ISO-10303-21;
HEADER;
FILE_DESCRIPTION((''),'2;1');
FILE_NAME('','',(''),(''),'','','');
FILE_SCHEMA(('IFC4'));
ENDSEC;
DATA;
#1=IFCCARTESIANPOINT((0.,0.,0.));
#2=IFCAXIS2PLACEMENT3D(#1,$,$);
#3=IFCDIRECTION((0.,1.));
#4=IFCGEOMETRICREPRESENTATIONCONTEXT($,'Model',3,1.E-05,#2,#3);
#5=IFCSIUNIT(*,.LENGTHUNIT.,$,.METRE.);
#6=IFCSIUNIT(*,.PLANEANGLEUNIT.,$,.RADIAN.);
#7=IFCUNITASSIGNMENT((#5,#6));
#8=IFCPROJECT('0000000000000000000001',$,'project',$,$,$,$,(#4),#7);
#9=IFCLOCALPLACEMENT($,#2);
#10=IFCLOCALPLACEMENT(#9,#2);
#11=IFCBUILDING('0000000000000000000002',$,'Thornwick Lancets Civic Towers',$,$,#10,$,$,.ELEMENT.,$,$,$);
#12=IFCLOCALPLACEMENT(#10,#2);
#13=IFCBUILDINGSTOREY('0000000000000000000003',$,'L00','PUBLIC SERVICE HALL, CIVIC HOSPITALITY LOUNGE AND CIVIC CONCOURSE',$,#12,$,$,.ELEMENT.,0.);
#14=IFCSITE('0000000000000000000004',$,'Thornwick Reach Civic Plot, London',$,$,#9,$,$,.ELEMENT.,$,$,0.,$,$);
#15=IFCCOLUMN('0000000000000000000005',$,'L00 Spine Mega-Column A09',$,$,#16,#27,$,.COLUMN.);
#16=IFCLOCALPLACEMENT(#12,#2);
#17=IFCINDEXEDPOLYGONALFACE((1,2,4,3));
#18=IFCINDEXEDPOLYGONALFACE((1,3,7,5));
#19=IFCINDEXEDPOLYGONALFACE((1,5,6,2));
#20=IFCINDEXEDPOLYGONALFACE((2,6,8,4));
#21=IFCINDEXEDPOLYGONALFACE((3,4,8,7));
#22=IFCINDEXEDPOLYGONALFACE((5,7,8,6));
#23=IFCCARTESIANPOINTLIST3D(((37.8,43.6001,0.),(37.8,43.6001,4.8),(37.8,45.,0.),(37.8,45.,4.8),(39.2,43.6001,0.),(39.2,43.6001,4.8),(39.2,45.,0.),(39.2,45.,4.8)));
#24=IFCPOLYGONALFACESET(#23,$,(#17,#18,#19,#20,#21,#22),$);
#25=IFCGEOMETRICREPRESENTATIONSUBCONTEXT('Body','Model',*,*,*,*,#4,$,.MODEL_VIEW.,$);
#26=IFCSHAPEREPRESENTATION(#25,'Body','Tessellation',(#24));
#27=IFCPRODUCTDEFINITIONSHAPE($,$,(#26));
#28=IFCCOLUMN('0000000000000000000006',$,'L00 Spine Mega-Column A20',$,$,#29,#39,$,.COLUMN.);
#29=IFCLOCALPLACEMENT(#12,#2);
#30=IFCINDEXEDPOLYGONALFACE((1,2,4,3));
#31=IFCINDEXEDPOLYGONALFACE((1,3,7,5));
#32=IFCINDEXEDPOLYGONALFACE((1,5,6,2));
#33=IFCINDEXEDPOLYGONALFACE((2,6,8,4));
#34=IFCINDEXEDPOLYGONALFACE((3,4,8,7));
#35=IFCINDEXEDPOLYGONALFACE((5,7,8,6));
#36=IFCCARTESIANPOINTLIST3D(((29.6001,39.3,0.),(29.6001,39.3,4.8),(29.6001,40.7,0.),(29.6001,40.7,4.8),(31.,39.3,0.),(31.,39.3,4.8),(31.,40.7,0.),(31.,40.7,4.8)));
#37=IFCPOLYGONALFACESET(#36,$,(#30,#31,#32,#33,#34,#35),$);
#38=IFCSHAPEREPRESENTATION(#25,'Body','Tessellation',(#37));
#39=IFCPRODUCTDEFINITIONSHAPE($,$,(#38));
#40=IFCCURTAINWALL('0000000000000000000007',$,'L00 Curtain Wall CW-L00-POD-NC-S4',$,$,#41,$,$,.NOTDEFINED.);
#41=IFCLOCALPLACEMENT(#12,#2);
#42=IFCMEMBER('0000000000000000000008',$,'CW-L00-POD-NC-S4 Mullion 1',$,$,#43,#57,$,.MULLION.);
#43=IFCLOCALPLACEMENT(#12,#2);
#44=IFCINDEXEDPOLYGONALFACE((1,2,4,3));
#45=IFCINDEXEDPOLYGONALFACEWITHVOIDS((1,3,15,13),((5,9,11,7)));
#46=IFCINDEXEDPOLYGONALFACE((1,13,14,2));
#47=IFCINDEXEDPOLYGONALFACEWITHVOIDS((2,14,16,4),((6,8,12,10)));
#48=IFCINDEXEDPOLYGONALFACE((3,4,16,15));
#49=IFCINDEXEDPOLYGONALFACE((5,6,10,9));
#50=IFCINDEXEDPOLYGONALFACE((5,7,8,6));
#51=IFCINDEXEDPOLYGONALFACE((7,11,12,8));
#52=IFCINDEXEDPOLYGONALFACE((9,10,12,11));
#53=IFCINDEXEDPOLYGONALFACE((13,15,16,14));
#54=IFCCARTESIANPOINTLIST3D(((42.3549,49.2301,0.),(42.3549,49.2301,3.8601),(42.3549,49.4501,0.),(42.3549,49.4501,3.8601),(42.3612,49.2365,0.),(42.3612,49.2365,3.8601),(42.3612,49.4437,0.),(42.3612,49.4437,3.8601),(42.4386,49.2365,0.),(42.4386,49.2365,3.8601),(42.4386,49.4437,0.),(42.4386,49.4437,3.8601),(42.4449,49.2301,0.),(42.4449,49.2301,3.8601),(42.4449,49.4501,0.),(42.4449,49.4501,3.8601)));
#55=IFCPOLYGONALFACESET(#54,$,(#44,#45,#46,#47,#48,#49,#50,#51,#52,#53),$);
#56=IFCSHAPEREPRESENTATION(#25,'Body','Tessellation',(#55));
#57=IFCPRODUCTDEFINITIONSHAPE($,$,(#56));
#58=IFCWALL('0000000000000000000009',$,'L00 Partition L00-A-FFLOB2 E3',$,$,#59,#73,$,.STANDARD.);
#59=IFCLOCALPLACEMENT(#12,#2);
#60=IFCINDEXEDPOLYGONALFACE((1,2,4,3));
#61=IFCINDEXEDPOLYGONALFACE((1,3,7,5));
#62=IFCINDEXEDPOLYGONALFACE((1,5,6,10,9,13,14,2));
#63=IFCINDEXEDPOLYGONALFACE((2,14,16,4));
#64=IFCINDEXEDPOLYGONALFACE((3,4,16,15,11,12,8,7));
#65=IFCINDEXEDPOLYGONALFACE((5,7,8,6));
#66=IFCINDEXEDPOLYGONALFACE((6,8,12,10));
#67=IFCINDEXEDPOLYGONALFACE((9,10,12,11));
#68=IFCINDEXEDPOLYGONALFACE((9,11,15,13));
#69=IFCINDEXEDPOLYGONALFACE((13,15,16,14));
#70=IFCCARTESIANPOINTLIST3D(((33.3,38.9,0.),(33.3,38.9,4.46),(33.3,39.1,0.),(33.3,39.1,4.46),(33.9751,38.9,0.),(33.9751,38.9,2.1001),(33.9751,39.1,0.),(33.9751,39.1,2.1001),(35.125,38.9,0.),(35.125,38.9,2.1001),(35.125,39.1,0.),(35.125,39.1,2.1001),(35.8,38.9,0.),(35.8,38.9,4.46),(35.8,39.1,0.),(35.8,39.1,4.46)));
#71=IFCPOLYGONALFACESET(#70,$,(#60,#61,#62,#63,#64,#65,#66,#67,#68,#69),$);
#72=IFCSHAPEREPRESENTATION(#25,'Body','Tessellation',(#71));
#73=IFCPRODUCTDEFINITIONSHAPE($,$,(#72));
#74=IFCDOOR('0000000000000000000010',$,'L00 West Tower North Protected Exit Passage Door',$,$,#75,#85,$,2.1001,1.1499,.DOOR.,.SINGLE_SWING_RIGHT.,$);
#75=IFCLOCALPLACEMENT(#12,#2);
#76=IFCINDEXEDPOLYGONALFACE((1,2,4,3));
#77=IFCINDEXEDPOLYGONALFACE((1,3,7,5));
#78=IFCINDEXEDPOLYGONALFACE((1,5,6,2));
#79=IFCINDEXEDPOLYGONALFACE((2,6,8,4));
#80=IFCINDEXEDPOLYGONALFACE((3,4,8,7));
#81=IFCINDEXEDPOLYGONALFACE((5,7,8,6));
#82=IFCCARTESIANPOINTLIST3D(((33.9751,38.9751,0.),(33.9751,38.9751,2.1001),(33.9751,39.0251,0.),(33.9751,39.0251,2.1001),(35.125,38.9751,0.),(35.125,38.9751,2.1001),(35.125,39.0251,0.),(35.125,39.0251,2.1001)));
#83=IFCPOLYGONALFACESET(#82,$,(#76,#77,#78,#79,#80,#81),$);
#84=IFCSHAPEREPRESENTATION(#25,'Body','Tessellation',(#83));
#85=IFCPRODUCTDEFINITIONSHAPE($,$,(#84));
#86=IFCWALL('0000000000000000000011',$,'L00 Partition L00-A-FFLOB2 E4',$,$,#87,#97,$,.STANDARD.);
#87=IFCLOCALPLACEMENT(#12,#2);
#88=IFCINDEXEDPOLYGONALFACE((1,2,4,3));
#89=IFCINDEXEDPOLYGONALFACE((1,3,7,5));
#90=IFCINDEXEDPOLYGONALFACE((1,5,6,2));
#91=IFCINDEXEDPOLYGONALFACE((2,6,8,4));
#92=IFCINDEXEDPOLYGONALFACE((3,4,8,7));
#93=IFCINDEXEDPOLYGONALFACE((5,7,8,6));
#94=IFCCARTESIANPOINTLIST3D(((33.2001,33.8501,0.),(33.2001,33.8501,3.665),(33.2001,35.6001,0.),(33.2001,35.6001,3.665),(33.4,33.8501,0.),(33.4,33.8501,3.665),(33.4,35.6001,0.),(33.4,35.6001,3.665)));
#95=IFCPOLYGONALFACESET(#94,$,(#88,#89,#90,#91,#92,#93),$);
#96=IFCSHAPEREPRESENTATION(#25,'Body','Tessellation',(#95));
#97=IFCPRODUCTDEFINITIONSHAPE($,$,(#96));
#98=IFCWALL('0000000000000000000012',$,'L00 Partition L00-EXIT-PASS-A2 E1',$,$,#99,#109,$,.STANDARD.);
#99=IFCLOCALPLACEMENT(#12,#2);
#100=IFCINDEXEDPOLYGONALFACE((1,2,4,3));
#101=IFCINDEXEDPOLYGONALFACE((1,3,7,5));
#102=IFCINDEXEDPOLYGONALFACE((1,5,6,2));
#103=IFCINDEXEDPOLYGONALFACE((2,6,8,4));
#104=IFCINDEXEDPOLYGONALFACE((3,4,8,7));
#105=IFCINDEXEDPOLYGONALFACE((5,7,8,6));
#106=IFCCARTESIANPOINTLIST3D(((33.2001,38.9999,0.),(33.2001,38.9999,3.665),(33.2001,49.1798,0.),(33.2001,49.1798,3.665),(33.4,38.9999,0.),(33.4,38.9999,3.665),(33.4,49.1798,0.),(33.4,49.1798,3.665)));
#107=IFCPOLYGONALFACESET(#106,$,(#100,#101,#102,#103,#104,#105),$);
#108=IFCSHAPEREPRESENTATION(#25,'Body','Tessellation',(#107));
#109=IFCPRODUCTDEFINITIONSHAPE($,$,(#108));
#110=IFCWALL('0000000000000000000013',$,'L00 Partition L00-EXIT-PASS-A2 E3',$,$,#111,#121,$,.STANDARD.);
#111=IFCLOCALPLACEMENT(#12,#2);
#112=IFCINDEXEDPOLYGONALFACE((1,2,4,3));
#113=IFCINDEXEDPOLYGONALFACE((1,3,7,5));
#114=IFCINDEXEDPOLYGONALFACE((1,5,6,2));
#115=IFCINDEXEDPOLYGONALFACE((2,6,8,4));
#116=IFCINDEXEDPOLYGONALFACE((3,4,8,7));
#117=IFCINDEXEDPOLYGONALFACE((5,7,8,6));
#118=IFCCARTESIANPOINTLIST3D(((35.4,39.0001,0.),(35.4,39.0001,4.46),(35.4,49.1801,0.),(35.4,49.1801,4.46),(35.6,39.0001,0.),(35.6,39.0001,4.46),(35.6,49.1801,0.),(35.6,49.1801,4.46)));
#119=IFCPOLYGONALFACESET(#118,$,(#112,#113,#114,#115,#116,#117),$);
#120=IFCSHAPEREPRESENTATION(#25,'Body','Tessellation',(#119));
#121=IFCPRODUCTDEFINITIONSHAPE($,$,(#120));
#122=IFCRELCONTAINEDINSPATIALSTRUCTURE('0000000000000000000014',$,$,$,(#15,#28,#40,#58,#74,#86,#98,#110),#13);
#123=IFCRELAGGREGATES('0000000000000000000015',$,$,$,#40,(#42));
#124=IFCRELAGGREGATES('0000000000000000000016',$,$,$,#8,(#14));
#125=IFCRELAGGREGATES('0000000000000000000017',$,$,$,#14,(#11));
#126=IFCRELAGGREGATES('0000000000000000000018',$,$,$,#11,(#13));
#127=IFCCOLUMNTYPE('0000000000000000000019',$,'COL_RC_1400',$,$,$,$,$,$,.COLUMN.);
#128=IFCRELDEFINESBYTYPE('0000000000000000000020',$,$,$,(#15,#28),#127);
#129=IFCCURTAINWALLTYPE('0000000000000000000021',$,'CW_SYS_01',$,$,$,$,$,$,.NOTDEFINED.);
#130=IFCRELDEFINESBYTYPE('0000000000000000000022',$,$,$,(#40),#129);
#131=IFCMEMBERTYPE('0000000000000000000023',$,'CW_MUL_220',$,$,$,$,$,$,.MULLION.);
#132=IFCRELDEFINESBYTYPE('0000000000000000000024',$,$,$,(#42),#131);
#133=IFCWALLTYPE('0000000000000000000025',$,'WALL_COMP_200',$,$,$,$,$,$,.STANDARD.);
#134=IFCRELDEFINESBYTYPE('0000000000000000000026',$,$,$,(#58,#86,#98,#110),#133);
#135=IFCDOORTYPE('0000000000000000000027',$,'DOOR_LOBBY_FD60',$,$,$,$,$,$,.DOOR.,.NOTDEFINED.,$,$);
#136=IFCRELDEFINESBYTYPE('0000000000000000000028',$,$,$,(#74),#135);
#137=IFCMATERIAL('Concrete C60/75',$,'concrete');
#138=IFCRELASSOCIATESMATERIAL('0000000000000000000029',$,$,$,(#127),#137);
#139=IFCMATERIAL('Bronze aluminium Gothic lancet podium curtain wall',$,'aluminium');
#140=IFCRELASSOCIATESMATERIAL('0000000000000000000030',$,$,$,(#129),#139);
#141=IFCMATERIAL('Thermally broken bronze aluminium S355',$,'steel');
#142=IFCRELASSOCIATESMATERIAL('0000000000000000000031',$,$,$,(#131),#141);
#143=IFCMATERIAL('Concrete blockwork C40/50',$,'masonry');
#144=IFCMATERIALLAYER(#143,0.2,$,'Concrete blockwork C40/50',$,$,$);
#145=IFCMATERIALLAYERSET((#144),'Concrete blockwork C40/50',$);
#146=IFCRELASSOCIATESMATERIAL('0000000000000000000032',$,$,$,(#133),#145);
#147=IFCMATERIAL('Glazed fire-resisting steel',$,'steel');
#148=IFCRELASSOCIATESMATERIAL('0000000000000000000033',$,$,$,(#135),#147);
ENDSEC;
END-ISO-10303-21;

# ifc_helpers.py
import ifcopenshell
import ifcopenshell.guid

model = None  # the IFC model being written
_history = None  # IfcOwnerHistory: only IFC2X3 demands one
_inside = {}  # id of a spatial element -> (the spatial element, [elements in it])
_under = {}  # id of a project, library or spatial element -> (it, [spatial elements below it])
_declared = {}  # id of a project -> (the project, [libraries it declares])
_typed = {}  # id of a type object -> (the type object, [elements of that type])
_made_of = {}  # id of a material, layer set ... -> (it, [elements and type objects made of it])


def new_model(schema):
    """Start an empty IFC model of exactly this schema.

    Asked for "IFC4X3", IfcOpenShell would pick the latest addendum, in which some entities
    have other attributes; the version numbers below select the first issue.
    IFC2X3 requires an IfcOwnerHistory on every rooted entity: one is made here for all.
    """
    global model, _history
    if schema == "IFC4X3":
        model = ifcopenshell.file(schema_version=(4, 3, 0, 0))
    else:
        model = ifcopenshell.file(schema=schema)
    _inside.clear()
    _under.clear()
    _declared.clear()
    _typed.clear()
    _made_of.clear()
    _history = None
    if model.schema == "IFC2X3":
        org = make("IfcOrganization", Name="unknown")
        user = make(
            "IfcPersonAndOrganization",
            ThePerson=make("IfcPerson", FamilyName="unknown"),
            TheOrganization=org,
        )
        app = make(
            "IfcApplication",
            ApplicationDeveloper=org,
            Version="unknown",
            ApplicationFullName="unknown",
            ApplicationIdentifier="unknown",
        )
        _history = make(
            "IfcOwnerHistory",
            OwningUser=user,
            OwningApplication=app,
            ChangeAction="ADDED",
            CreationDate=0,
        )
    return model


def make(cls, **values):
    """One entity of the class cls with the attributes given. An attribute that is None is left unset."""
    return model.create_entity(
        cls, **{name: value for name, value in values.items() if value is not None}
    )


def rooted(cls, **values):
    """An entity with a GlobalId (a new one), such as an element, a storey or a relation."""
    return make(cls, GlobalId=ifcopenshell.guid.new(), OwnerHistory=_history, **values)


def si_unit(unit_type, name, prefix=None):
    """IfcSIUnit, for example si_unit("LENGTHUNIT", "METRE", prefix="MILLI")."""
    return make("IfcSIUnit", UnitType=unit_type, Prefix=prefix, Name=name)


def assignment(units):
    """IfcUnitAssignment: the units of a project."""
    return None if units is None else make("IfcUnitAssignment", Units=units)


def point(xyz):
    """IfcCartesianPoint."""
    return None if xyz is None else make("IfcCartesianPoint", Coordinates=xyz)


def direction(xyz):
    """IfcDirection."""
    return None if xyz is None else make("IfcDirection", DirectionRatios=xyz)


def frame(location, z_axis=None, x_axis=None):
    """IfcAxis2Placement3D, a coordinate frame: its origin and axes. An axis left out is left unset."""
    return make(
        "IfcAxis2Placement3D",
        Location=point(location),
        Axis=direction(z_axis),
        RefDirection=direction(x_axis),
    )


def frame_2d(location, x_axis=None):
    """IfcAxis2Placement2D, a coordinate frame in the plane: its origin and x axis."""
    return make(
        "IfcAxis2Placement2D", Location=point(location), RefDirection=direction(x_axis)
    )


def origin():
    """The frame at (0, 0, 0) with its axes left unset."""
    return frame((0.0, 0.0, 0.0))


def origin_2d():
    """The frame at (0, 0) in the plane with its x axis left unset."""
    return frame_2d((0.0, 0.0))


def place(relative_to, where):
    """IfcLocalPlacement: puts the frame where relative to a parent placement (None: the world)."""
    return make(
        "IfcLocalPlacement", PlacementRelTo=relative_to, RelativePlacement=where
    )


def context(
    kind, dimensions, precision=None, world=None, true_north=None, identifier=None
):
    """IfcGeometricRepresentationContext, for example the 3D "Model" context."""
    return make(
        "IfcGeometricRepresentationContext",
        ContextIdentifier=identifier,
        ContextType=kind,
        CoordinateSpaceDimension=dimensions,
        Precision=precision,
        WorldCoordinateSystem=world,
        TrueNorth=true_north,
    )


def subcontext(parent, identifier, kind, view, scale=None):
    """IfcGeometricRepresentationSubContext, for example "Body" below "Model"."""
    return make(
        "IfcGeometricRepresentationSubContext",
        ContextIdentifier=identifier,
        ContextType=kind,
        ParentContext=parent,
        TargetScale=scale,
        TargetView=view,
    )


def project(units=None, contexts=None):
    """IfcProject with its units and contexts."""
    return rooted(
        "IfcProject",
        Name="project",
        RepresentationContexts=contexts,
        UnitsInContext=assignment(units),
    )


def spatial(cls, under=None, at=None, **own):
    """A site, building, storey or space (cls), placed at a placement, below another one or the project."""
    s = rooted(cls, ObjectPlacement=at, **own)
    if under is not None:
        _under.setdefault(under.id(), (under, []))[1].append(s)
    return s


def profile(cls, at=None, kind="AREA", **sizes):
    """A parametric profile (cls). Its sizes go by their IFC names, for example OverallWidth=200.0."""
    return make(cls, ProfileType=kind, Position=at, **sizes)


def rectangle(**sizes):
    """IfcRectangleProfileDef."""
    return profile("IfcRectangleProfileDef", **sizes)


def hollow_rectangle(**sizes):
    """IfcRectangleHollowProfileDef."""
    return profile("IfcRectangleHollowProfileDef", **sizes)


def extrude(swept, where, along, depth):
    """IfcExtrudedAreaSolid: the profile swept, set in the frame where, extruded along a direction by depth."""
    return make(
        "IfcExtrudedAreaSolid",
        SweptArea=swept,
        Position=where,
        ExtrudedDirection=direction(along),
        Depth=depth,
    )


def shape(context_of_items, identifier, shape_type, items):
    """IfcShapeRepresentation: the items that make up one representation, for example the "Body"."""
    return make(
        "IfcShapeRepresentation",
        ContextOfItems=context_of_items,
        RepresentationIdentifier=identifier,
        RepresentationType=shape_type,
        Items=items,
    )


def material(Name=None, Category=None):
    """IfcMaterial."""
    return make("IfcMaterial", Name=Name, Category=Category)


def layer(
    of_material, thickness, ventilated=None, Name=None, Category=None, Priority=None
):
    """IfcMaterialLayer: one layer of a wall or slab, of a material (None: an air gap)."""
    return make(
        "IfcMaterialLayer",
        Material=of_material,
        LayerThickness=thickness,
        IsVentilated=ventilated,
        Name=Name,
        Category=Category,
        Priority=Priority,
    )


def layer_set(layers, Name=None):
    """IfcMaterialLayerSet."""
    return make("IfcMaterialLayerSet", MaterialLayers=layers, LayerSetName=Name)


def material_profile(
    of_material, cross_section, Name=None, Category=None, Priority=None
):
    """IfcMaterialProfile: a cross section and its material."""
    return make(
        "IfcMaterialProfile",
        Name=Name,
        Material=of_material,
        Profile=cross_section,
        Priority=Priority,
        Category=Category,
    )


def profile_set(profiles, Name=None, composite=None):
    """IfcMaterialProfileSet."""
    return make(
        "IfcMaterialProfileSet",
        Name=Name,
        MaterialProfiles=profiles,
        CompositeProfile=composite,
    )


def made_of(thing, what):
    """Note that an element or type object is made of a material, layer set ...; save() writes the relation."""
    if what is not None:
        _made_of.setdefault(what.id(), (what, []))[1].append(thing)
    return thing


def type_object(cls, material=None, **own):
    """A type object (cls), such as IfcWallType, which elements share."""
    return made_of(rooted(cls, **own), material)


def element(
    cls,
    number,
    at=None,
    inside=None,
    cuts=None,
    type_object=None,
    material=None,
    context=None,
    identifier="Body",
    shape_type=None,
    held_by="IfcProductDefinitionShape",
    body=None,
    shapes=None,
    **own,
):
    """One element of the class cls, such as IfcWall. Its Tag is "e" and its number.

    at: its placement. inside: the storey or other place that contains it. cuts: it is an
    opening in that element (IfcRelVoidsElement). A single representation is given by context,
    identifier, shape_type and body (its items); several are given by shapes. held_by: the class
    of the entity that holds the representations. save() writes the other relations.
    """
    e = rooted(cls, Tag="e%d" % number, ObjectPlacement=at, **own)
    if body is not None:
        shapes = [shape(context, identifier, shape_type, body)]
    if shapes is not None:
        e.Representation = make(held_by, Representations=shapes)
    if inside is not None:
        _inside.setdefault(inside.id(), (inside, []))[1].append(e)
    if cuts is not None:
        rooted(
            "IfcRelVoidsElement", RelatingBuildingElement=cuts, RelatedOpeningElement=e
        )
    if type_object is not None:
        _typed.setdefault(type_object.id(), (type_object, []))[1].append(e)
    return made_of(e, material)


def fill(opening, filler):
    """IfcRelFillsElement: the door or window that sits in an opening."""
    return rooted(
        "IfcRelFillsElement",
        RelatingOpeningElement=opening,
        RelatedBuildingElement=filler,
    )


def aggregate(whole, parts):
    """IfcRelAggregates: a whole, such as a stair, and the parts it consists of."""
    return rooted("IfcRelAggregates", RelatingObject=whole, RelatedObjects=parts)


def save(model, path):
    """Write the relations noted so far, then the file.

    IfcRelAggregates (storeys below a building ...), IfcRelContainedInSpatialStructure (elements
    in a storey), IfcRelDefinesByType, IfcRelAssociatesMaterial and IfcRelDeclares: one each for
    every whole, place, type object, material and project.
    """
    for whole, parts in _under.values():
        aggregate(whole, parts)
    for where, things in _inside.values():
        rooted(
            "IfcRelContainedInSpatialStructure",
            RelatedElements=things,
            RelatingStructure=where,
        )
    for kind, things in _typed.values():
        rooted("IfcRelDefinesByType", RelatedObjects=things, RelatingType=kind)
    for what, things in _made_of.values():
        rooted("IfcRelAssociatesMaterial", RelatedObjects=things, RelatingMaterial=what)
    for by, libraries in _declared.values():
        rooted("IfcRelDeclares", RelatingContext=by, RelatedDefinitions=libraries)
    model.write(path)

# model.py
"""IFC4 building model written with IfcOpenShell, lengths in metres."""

from ifc_helpers import new_model, si_unit, direction, frame, frame_2d, origin, origin_2d, place, context, subcontext, project, spatial, rectangle, hollow_rectangle, extrude, material, layer, layer_set, material_profile, profile_set, type_object, element, fill, aggregate, save


model = new_model("IFC4")

# Units and contexts
model_context = context("Model", 3, precision=1e-05, world=origin(), true_north=direction((0.0, 1.0)))
body_context = subcontext(model_context, "Body", "Model", "MODEL_VIEW")
ifc_project = project(units=[si_unit("LENGTHUNIT", "METRE"), si_unit("PLANEANGLEUNIT", "RADIAN")], contexts=[model_context])

# Site, building, storey
site_placement = place(None, origin())
site = spatial("IfcSite", under=ifc_project, at=site_placement, Name="Thornwick Reach Civic Plot, London", CompositionType="ELEMENT", RefElevation=0.0)
building_placement = place(site_placement, origin())
building = spatial("IfcBuilding", under=site, at=building_placement, Name="Thornwick Lancets Civic Towers", CompositionType="ELEMENT")
storey_placement = place(building_placement, origin())
storey = spatial("IfcBuildingStorey", under=building, at=storey_placement, Name="L00", Description="PUBLIC SERVICE HALL, CIVIC HOSPITALITY LOUNGE AND CIVIC CONCOURSE", CompositionType="ELEMENT", Elevation=0.0)

# Columns
ifc_material_1 = material(Name="Concrete C60/75", Category="concrete")
ifc_material_profile_1 = material_profile(ifc_material_1, rectangle(XDim=1.3999, YDim=1.3999, at=origin_2d()), Name="RC 1400x1400")
ifc_profile_set_1 = profile_set([ifc_material_profile_1], Name="Concrete C60/75")
column_type = type_object("IfcColumnType", Name="COL_RC_1400", PredefinedType="COLUMN", material=ifc_profile_set_1)
for number, where, z_axis, x_axis, name in (
    (1, (38.5, 44.3, 0.0), (0.0, 0.0, 1.0), (1.0, 0.0, 0.0), "L00 Spine Mega-Column A09"),
    (2, (30.3, 40.0, 0.0), (0.0, 0.0, 1.0), (1.0, 0.0, 0.0), "L00 Spine Mega-Column A20"),
):
    element("IfcColumn", number, at=place(storey_placement, frame(where, z_axis=z_axis, x_axis=x_axis)), inside=storey, type_object=column_type, Name=name, PredefinedType="COLUMN", context=body_context, shape_type="SweptSolid", body=[
        extrude(rectangle(XDim=1.3999, YDim=1.3999, at=origin_2d()), origin(), (0.0, 0.0, 1.0), 4.8),
    ])

# Curtain wall, member
ifc_material_2 = material(Name="Bronze aluminium Gothic lancet podium curtain wall", Category="aluminium")
curtain_wall_type = type_object("IfcCurtainWallType", Name="CW_SYS_01", PredefinedType="NOTDEFINED", material=ifc_material_2)
curtain_wall_placement = place(storey_placement, origin())
curtain_wall = element("IfcCurtainWall", 3, at=curtain_wall_placement, inside=storey, type_object=curtain_wall_type, Name="L00 Curtain Wall CW-L00-POD-NC-S4", PredefinedType="NOTDEFINED")
ifc_material_3 = material(Name="Thermally broken bronze aluminium S355", Category="steel")
ifc_material_profile_2 = material_profile(ifc_material_3, hollow_rectangle(XDim=0.0901, YDim=0.22, WallThickness=0.0063, at=origin_2d()), Name="RHS 220x90x6.3")
ifc_profile_set_2 = profile_set([ifc_material_profile_2], Name="Thermally broken bronze aluminium S355")
member_type = type_object("IfcMemberType", Name="CW_MUL_220", PredefinedType="MULLION", material=ifc_profile_set_2)
member_placement = place(storey_placement, frame((42.3999, 49.3401, 0.0), z_axis=(0.0, 0.0, 1.0), x_axis=(1.0, 0.0, 0.0)))
member = element("IfcMember", 4, at=member_placement, type_object=member_type, Name="CW-L00-POD-NC-S4 Mullion 1", PredefinedType="MULLION", context=body_context, shape_type="SweptSolid", body=[
    extrude(hollow_rectangle(XDim=0.0901, YDim=0.22, WallThickness=0.0063, at=origin_2d()), origin(), (0.0, 0.0, 1.0), 3.8601),
])
aggregate(curtain_wall, [member])

# Wall, opening, door
ifc_material_4 = material(Name="Concrete blockwork C40/50", Category="masonry")
ifc_layer_1 = layer(ifc_material_4, 0.2, Name="Concrete blockwork C40/50")
ifc_layer_set_1 = layer_set([ifc_layer_1], Name="Concrete blockwork C40/50")
wall_type_1 = type_object("IfcWallType", Name="WALL_COMP_200", PredefinedType="STANDARD", material=ifc_layer_set_1)
wall_1_placement = place(storey_placement, frame((35.8, 39.0, 0.0), z_axis=(0.0, 0.0, 1.0), x_axis=(-1.0, 0.0, 0.0)))
wall_1 = element("IfcWall", 5, at=wall_1_placement, inside=storey, type_object=wall_type_1, Name="L00 Partition L00-A-FFLOB2 E3", PredefinedType="STANDARD", context=body_context, shape_type="SweptSolid", body=[
    extrude(rectangle(XDim=2.5, YDim=0.2, at=frame_2d((1.25, 0.0))), origin(), (0.0, 0.0, 1.0), 4.46),
])
opening_1_placement = place(wall_1_placement, frame((0.675, 0.0, 0.0)))
opening_1 = element("IfcOpeningElement", 6, at=opening_1_placement, cuts=wall_1, PredefinedType="OPENING", context=body_context, shape_type="SweptSolid", body=[
    extrude(rectangle(XDim=1.1499, YDim=2.1001, at=frame_2d((0.575, 1.05))), frame((0.0, 0.1099, 0.0), z_axis=(0.0, -1.0, 0.0), x_axis=(1.0, 0.0, 0.0)), (0.0, 0.0, 1.0), 0.22),
])
ifc_material_5 = material(Name="Glazed fire-resisting steel", Category="steel")
door_type_1 = type_object("IfcDoorType", Name="DOOR_LOBBY_FD60", OperationType="NOTDEFINED", PredefinedType="DOOR", material=ifc_material_5)
door_1_placement = place(opening_1_placement, origin())
door_1 = element("IfcDoor", 7, at=door_1_placement, inside=storey, type_object=door_type_1, Name="L00 West Tower North Protected Exit Passage Door", OperationType="SINGLE_SWING_RIGHT", OverallHeight=2.1001, OverallWidth=1.1499, PredefinedType="DOOR", context=body_context, shape_type="SweptSolid", body=[
    extrude(rectangle(XDim=1.1499, YDim=2.1001, at=frame_2d((0.575, 1.05))), frame((0.0, 0.0249, 0.0), z_axis=(0.0, -1.0, 0.0), x_axis=(1.0, 0.0, 0.0)), (0.0, 0.0, 1.0), 0.05),
])
fill(opening_1, door_1)

# Walls
wall_2_placement = place(storey_placement, frame((33.3, 35.6001, 0.0), z_axis=(0.0, 0.0, 1.0), x_axis=(0.0, -1.0, 0.0)))
element("IfcWall", 8, at=wall_2_placement, inside=storey, type_object=wall_type_1, Name="L00 Partition L00-A-FFLOB2 E4", PredefinedType="STANDARD", context=body_context, shape_type="SweptSolid", body=[
    extrude(rectangle(XDim=1.75, YDim=0.2, at=frame_2d((0.875, 0.0))), origin(), (0.0, 0.0, 1.0), 3.665),
])
wall_3_placement = place(storey_placement, frame((33.3, 39.0, 0.0), z_axis=(0.0, 0.0, 1.0), x_axis=(0.0, 1.0, 0.0)))
element("IfcWall", 9, at=wall_3_placement, inside=storey, type_object=wall_type_1, Name="L00 Partition L00-EXIT-PASS-A2 E1", PredefinedType="STANDARD", context=body_context, shape_type="SweptSolid", body=[
    extrude(rectangle(XDim=10.1799, YDim=0.2, at=frame_2d((5.0898, 0.0))), origin(), (0.0, 0.0, 1.0), 3.665),
])
wall_4_placement = place(storey_placement, frame((35.5, 49.1799, 0.0), z_axis=(0.0, 0.0, 1.0), x_axis=(0.0, -1.0, 0.0)))
element("IfcWall", 10, at=wall_4_placement, inside=storey, type_object=wall_type_1, Name="L00 Partition L00-EXIT-PASS-A2 E3", PredefinedType="STANDARD", context=body_context, shape_type="SweptSolid", body=[
    extrude(rectangle(XDim=10.1799, YDim=0.2, at=frame_2d((5.0898, 0.0))), origin(), (0.0, 0.0, 1.0), 4.46),
])

save(model, "model.ifc")
